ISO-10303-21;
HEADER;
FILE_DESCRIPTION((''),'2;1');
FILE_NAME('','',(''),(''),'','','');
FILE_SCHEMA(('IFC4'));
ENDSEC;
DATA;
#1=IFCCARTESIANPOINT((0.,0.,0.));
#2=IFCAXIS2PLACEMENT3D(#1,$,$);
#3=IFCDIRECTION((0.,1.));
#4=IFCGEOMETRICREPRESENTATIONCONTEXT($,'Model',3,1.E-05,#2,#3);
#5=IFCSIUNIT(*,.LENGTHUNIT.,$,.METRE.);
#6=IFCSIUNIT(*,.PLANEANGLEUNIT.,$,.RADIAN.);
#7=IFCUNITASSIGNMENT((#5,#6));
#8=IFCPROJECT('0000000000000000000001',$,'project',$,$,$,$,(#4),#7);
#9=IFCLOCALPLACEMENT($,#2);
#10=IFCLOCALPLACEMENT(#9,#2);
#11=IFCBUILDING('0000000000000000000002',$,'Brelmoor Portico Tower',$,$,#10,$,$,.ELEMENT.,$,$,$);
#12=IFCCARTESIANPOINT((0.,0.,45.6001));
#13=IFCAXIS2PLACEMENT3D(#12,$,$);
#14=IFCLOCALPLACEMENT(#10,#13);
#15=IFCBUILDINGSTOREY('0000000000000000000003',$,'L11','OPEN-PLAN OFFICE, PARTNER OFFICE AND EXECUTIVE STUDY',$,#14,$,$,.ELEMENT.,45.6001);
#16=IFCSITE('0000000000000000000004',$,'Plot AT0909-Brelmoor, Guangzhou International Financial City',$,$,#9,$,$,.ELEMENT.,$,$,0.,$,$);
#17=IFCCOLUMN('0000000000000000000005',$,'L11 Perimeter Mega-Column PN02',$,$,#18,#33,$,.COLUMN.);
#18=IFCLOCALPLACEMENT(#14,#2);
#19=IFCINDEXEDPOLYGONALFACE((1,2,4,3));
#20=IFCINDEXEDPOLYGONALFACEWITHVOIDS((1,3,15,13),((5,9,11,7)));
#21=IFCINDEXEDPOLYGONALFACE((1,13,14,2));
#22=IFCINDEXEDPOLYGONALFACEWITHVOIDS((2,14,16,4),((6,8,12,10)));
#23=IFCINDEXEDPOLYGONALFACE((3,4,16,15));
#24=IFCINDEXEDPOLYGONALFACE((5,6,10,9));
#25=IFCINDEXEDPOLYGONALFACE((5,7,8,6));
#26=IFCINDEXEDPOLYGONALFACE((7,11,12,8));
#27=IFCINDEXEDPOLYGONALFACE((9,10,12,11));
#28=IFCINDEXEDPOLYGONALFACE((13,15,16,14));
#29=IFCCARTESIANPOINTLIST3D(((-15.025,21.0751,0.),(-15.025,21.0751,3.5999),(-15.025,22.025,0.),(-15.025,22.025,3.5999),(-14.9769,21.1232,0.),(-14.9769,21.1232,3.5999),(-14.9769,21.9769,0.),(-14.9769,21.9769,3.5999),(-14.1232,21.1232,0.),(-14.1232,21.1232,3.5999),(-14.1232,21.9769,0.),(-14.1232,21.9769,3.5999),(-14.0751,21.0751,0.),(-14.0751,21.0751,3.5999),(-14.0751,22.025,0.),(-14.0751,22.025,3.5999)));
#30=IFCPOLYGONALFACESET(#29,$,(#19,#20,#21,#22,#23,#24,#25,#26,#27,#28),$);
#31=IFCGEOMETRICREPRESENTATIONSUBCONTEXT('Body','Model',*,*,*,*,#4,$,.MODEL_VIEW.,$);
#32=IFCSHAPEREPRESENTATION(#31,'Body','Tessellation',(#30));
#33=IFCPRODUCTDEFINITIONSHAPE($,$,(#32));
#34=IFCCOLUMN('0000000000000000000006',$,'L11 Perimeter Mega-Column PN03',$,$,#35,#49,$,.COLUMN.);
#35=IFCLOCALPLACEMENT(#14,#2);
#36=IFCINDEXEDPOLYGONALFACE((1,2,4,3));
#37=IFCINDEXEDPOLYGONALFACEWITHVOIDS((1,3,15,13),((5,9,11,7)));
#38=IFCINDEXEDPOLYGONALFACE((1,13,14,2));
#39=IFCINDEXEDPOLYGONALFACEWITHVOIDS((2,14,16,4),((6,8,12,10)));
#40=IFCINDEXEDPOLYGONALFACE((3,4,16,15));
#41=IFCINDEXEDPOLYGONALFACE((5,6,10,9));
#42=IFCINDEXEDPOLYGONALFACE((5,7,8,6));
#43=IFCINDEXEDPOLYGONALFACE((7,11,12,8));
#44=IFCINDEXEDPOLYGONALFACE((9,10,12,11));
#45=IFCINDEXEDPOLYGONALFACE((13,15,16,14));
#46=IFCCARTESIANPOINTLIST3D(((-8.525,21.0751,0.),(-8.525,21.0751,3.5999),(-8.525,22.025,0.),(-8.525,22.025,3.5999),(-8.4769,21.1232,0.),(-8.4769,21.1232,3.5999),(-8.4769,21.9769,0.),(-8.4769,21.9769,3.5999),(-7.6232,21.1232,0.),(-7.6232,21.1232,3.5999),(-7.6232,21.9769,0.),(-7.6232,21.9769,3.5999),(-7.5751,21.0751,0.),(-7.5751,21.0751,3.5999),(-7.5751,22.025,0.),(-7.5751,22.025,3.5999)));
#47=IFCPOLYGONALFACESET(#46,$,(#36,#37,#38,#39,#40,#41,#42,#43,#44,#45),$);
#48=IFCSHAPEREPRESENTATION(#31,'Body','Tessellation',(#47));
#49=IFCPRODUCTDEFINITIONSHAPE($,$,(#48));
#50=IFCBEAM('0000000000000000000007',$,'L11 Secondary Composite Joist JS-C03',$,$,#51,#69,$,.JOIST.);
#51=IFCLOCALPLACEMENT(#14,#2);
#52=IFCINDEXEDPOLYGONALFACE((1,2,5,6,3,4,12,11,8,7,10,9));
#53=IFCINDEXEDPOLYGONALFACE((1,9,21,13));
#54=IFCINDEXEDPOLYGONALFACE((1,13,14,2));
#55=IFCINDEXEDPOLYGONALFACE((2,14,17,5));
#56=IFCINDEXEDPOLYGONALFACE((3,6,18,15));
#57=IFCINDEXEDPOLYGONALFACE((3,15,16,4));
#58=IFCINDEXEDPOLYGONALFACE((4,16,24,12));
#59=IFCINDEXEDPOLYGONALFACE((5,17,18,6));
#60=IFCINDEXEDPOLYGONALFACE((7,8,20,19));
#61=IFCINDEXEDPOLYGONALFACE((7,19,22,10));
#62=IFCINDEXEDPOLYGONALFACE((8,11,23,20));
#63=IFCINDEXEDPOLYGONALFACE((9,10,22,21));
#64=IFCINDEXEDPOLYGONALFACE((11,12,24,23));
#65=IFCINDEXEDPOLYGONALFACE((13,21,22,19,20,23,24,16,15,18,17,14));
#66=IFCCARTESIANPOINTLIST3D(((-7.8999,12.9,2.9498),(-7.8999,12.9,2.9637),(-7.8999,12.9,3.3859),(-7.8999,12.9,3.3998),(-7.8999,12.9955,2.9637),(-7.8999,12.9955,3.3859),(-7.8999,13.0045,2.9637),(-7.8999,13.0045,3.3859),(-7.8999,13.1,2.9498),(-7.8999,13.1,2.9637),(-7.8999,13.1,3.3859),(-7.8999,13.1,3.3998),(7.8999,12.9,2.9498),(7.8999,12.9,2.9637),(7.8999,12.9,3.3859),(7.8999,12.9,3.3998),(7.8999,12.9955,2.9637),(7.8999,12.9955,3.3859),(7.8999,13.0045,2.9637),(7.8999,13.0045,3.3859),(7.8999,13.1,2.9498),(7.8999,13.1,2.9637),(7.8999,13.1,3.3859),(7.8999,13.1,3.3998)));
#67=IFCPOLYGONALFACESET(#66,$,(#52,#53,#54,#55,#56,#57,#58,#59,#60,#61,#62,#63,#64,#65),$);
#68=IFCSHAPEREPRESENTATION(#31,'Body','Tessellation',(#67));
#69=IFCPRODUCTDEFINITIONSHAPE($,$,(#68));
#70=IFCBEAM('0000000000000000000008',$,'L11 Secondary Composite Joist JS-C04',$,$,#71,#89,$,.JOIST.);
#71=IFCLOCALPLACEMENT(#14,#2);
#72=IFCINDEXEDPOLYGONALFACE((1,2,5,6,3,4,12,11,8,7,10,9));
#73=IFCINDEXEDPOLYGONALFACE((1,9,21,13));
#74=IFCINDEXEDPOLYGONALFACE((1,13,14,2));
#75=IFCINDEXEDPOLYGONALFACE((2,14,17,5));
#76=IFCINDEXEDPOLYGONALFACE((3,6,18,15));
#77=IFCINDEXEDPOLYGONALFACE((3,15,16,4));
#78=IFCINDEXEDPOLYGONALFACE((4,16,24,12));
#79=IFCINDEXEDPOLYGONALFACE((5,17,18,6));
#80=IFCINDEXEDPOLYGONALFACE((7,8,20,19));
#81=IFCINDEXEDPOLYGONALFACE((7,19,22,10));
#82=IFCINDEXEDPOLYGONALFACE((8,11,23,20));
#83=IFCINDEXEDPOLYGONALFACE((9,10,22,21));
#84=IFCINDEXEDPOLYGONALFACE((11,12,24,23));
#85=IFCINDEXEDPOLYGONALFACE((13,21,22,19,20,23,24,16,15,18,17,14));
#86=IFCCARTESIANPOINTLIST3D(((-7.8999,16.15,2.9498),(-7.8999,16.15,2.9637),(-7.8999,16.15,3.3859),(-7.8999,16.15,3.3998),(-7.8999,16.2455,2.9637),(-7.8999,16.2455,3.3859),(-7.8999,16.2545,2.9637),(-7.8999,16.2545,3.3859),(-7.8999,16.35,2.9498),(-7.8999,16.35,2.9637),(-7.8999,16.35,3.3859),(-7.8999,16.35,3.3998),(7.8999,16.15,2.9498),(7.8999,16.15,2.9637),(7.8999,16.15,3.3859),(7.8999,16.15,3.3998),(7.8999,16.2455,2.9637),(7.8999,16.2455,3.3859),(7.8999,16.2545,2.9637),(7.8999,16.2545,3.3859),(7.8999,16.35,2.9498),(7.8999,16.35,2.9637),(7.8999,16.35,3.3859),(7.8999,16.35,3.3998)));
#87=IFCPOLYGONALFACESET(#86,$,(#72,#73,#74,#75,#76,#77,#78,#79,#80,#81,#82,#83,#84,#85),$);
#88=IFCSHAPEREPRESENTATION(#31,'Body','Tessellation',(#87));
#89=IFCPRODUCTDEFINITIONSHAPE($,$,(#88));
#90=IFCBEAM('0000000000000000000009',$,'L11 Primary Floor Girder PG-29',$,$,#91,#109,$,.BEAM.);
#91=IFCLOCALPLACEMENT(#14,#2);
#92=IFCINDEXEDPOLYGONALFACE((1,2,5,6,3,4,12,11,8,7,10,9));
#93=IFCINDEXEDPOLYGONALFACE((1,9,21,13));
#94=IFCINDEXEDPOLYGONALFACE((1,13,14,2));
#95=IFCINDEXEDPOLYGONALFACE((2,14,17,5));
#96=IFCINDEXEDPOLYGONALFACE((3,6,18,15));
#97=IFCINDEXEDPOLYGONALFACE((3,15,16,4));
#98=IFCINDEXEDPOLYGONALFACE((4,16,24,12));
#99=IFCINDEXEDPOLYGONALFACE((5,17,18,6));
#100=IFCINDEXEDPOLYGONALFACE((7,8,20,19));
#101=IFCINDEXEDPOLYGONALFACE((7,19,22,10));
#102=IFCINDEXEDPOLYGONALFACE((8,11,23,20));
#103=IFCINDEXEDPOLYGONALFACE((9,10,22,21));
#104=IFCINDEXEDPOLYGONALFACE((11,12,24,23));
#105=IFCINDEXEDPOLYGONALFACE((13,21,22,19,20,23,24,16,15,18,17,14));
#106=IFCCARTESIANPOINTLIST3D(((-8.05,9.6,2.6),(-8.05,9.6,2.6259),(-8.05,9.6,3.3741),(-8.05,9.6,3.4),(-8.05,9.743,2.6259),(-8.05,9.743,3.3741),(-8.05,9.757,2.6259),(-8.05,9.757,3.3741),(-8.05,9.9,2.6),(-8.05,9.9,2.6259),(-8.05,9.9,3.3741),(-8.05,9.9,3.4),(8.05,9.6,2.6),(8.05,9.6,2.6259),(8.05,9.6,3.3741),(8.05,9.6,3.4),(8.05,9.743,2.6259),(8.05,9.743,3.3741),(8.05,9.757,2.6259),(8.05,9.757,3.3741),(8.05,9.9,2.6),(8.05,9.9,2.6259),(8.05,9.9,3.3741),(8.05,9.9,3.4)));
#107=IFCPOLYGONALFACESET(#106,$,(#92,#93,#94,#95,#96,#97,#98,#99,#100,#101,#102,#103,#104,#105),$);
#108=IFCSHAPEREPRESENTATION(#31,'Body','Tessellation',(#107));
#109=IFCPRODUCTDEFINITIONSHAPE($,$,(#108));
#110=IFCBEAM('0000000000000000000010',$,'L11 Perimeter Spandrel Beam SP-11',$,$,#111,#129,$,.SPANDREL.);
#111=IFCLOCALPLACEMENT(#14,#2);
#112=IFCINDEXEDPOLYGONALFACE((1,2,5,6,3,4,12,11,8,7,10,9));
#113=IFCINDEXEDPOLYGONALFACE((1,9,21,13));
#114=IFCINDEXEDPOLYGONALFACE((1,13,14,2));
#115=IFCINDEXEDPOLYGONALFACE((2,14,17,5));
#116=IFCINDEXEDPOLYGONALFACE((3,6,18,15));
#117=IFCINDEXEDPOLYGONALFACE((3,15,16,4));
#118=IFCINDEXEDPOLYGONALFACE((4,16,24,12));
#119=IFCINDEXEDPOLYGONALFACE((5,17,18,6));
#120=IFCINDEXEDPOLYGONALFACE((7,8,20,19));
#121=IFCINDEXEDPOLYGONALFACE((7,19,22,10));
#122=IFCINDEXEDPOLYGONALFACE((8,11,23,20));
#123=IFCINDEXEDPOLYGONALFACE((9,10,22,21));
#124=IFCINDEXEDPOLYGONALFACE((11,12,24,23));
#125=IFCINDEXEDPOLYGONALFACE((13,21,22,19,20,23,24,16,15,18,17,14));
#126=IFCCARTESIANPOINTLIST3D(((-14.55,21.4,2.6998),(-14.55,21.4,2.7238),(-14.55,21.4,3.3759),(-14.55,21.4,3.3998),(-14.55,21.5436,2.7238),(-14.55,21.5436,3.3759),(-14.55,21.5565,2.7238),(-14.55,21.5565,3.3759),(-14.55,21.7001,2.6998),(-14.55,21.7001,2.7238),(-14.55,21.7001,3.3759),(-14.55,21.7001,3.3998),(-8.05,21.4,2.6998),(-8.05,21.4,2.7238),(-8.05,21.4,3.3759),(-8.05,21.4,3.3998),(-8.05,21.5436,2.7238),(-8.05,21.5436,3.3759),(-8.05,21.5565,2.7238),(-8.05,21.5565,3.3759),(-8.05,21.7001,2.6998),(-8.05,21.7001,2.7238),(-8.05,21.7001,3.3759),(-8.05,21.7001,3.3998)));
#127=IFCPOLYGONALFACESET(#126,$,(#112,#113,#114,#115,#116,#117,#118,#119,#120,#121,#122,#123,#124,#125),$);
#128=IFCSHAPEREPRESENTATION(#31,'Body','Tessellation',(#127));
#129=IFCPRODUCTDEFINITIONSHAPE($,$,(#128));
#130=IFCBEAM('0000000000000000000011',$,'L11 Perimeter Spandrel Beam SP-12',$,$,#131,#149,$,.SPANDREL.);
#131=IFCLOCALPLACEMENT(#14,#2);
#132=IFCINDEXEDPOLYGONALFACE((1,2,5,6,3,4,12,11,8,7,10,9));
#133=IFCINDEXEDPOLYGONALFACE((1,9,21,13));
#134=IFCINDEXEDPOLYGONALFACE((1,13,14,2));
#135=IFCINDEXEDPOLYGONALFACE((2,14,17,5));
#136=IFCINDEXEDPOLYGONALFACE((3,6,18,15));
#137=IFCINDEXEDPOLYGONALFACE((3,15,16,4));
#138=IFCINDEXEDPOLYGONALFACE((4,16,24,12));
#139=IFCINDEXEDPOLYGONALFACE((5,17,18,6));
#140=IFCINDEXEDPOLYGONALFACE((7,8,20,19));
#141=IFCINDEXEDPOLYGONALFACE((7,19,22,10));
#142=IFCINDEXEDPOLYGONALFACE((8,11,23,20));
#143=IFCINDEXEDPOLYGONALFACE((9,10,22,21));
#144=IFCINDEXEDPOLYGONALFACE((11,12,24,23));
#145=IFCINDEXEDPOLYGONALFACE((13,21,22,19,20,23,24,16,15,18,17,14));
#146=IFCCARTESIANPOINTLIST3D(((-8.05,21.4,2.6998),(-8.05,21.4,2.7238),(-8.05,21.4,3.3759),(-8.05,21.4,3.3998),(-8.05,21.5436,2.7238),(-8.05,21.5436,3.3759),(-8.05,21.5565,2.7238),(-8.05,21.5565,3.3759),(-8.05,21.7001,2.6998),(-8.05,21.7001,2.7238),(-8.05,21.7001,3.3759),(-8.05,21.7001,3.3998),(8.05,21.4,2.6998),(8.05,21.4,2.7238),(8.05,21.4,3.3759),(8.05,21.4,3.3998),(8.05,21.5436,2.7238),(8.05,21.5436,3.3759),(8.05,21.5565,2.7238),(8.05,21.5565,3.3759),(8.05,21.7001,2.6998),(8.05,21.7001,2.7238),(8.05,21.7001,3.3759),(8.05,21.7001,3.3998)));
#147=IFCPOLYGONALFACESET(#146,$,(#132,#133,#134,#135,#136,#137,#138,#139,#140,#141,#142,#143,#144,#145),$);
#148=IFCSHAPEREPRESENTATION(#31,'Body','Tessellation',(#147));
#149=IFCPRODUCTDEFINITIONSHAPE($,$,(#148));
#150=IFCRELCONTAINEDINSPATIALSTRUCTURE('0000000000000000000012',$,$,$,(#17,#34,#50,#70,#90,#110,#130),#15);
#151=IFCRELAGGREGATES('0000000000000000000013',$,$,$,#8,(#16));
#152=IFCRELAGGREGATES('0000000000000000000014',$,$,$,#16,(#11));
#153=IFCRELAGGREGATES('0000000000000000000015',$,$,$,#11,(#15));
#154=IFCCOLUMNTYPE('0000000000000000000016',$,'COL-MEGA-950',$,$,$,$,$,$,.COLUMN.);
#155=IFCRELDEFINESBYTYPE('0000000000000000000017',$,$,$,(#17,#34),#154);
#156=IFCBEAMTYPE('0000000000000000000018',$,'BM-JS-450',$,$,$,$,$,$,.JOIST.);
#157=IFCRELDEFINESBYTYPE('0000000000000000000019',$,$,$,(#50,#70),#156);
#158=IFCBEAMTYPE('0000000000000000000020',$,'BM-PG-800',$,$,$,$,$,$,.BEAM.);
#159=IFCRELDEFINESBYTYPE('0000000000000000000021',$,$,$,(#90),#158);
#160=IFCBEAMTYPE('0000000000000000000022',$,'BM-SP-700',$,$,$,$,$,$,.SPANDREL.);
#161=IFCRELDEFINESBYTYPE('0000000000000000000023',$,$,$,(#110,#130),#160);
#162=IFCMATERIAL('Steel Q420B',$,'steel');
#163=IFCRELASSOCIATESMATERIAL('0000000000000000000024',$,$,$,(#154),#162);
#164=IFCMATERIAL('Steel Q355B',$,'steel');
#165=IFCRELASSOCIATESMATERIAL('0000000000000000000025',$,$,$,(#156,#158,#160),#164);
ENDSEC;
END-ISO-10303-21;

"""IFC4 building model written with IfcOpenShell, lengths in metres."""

from ifc_helpers import new_model, si_unit, direction, frame, origin, origin_2d, place, context, subcontext, project, spatial, hollow_rectangle, i_section, extrude, material, material_profile, profile_set, type_object, element, save


model = new_model("IFC4")

# Units and contexts
model_context = context("Model", 3, precision=1e-05, world=origin(), true_north=direction((0.0, 1.0)))
body_context = subcontext(model_context, "Body", "Model", "MODEL_VIEW")
ifc_project = project(units=[si_unit("LENGTHUNIT", "METRE"), si_unit("PLANEANGLEUNIT", "RADIAN")], contexts=[model_context])

# Site, building, storey
site_placement = place(None, origin())
site = spatial("IfcSite", under=ifc_project, at=site_placement, Name="Plot AT0909-Brelmoor, Guangzhou International Financial City", CompositionType="ELEMENT", RefElevation=0.0)
building_placement = place(site_placement, origin())
building = spatial("IfcBuilding", under=site, at=building_placement, Name="Brelmoor Portico Tower", CompositionType="ELEMENT")
storey_placement = place(building_placement, frame((0.0, 0.0, 45.6001)))
storey = spatial("IfcBuildingStorey", under=building, at=storey_placement, Name="L11", Description="OPEN-PLAN OFFICE, PARTNER OFFICE AND EXECUTIVE STUDY", CompositionType="ELEMENT", Elevation=45.6001)

# Columns
ifc_material_1 = material(Name="Steel Q420B", Category="steel")
ifc_material_profile_1 = material_profile(ifc_material_1, hollow_rectangle(XDim=0.95, YDim=0.95, WallThickness=0.0481, at=origin_2d()), Name="BOX 950x950x48")
ifc_profile_set_1 = profile_set([ifc_material_profile_1], Name="Steel Q420B")
column_type = type_object("IfcColumnType", Name="COL-MEGA-950", PredefinedType="COLUMN", material=ifc_profile_set_1)
for number, where, z_axis, x_axis, name in (
    (1, (-14.55, 21.55, 0.0), (0.0, 0.0, 1.0), (1.0, 0.0, 0.0), "L11 Perimeter Mega-Column PN02"),
    (2, (-8.05, 21.55, 0.0), (0.0, 0.0, 1.0), (1.0, 0.0, 0.0), "L11 Perimeter Mega-Column PN03"),
):
    element("IfcColumn", number, at=place(storey_placement, frame(where, z_axis=z_axis, x_axis=x_axis)), inside=storey, type_object=column_type, Name=name, PredefinedType="COLUMN", context=body_context, shape_type="SweptSolid", body=[
        extrude(hollow_rectangle(XDim=0.95, YDim=0.95, WallThickness=0.0481, at=origin_2d()), origin(), (0.0, 0.0, 1.0), 3.5999),
    ])

# Beams
ifc_material_2 = material(Name="Steel Q355B", Category="steel")
ifc_material_profile_2 = material_profile(ifc_material_2, i_section(OverallWidth=0.2, OverallDepth=0.45, WebThickness=0.009, FlangeThickness=0.0139, at=origin_2d()), Name="HN 450x200x9x14")
ifc_profile_set_2 = profile_set([ifc_material_profile_2], Name="Steel Q355B")
beam_type_1 = type_object("IfcBeamType", Name="BM-JS-450", PredefinedType="JOIST", material=ifc_profile_set_2)
for number, where, z_axis, x_axis, name in (
    (3, (-7.8999, 13.0, 3.1748), (1.0, 0.0, 0.0), (0.0, 1.0, 0.0), "L11 Secondary Composite Joist JS-C03"),
    (4, (-7.8999, 16.25, 3.1748), (1.0, 0.0, 0.0), (0.0, 1.0, 0.0), "L11 Secondary Composite Joist JS-C04"),
):
    element("IfcBeam", number, at=place(storey_placement, frame(where, z_axis=z_axis, x_axis=x_axis)), inside=storey, type_object=beam_type_1, Name=name, PredefinedType="JOIST", context=body_context, shape_type="SweptSolid", body=[
        extrude(i_section(OverallWidth=0.2, OverallDepth=0.45, WebThickness=0.009, FlangeThickness=0.0139, at=origin_2d()), origin(), (0.0, 0.0, 1.0), 15.7998),
    ])
ifc_material_profile_3 = material_profile(ifc_material_2, i_section(OverallWidth=0.3, OverallDepth=0.8, WebThickness=0.0139, FlangeThickness=0.0259, at=origin_2d()), Name="HN 800x300x14x26")
ifc_profile_set_3 = profile_set([ifc_material_profile_3], Name="Steel Q355B")
beam_type_2 = type_object("IfcBeamType", Name="BM-PG-800", PredefinedType="BEAM", material=ifc_profile_set_3)
beam_1_placement = place(storey_placement, frame((-8.05, 9.75, 3.0), z_axis=(1.0, 0.0, 0.0), x_axis=(0.0, 1.0, 0.0)))
element("IfcBeam", 5, at=beam_1_placement, inside=storey, type_object=beam_type_2, Name="L11 Primary Floor Girder PG-29", PredefinedType="BEAM", context=body_context, shape_type="SweptSolid", body=[
    extrude(i_section(OverallWidth=0.3, OverallDepth=0.8, WebThickness=0.0139, FlangeThickness=0.0259, at=origin_2d()), origin(), (0.0, 0.0, 1.0), 16.1001),
])
ifc_material_profile_4 = material_profile(ifc_material_2, i_section(OverallWidth=0.3, OverallDepth=0.7, WebThickness=0.0129, FlangeThickness=0.0239, at=origin_2d()), Name="HN 700x300x13x24")
ifc_profile_set_4 = profile_set([ifc_material_profile_4], Name="Steel Q355B")
beam_type_3 = type_object("IfcBeamType", Name="BM-SP-700", PredefinedType="SPANDREL", material=ifc_profile_set_4)
beam_2_placement = place(storey_placement, frame((-14.55, 21.55, 3.0498), z_axis=(1.0, 0.0, 0.0), x_axis=(0.0, 1.0, 0.0)))
element("IfcBeam", 6, at=beam_2_placement, inside=storey, type_object=beam_type_3, Name="L11 Perimeter Spandrel Beam SP-11", PredefinedType="SPANDREL", context=body_context, shape_type="SweptSolid", body=[
    extrude(i_section(OverallWidth=0.3, OverallDepth=0.7, WebThickness=0.0129, FlangeThickness=0.0239, at=origin_2d()), origin(), (0.0, 0.0, 1.0), 6.5),
])
beam_3_placement = place(storey_placement, frame((-8.05, 21.55, 3.0498), z_axis=(1.0, 0.0, 0.0), x_axis=(0.0, 1.0, 0.0)))
element("IfcBeam", 7, at=beam_3_placement, inside=storey, type_object=beam_type_3, Name="L11 Perimeter Spandrel Beam SP-12", PredefinedType="SPANDREL", context=body_context, shape_type="SweptSolid", body=[
    extrude(i_section(OverallWidth=0.3, OverallDepth=0.7, WebThickness=0.0129, FlangeThickness=0.0239, at=origin_2d()), origin(), (0.0, 0.0, 1.0), 16.1001),
])

save(model, "model.ifc")
